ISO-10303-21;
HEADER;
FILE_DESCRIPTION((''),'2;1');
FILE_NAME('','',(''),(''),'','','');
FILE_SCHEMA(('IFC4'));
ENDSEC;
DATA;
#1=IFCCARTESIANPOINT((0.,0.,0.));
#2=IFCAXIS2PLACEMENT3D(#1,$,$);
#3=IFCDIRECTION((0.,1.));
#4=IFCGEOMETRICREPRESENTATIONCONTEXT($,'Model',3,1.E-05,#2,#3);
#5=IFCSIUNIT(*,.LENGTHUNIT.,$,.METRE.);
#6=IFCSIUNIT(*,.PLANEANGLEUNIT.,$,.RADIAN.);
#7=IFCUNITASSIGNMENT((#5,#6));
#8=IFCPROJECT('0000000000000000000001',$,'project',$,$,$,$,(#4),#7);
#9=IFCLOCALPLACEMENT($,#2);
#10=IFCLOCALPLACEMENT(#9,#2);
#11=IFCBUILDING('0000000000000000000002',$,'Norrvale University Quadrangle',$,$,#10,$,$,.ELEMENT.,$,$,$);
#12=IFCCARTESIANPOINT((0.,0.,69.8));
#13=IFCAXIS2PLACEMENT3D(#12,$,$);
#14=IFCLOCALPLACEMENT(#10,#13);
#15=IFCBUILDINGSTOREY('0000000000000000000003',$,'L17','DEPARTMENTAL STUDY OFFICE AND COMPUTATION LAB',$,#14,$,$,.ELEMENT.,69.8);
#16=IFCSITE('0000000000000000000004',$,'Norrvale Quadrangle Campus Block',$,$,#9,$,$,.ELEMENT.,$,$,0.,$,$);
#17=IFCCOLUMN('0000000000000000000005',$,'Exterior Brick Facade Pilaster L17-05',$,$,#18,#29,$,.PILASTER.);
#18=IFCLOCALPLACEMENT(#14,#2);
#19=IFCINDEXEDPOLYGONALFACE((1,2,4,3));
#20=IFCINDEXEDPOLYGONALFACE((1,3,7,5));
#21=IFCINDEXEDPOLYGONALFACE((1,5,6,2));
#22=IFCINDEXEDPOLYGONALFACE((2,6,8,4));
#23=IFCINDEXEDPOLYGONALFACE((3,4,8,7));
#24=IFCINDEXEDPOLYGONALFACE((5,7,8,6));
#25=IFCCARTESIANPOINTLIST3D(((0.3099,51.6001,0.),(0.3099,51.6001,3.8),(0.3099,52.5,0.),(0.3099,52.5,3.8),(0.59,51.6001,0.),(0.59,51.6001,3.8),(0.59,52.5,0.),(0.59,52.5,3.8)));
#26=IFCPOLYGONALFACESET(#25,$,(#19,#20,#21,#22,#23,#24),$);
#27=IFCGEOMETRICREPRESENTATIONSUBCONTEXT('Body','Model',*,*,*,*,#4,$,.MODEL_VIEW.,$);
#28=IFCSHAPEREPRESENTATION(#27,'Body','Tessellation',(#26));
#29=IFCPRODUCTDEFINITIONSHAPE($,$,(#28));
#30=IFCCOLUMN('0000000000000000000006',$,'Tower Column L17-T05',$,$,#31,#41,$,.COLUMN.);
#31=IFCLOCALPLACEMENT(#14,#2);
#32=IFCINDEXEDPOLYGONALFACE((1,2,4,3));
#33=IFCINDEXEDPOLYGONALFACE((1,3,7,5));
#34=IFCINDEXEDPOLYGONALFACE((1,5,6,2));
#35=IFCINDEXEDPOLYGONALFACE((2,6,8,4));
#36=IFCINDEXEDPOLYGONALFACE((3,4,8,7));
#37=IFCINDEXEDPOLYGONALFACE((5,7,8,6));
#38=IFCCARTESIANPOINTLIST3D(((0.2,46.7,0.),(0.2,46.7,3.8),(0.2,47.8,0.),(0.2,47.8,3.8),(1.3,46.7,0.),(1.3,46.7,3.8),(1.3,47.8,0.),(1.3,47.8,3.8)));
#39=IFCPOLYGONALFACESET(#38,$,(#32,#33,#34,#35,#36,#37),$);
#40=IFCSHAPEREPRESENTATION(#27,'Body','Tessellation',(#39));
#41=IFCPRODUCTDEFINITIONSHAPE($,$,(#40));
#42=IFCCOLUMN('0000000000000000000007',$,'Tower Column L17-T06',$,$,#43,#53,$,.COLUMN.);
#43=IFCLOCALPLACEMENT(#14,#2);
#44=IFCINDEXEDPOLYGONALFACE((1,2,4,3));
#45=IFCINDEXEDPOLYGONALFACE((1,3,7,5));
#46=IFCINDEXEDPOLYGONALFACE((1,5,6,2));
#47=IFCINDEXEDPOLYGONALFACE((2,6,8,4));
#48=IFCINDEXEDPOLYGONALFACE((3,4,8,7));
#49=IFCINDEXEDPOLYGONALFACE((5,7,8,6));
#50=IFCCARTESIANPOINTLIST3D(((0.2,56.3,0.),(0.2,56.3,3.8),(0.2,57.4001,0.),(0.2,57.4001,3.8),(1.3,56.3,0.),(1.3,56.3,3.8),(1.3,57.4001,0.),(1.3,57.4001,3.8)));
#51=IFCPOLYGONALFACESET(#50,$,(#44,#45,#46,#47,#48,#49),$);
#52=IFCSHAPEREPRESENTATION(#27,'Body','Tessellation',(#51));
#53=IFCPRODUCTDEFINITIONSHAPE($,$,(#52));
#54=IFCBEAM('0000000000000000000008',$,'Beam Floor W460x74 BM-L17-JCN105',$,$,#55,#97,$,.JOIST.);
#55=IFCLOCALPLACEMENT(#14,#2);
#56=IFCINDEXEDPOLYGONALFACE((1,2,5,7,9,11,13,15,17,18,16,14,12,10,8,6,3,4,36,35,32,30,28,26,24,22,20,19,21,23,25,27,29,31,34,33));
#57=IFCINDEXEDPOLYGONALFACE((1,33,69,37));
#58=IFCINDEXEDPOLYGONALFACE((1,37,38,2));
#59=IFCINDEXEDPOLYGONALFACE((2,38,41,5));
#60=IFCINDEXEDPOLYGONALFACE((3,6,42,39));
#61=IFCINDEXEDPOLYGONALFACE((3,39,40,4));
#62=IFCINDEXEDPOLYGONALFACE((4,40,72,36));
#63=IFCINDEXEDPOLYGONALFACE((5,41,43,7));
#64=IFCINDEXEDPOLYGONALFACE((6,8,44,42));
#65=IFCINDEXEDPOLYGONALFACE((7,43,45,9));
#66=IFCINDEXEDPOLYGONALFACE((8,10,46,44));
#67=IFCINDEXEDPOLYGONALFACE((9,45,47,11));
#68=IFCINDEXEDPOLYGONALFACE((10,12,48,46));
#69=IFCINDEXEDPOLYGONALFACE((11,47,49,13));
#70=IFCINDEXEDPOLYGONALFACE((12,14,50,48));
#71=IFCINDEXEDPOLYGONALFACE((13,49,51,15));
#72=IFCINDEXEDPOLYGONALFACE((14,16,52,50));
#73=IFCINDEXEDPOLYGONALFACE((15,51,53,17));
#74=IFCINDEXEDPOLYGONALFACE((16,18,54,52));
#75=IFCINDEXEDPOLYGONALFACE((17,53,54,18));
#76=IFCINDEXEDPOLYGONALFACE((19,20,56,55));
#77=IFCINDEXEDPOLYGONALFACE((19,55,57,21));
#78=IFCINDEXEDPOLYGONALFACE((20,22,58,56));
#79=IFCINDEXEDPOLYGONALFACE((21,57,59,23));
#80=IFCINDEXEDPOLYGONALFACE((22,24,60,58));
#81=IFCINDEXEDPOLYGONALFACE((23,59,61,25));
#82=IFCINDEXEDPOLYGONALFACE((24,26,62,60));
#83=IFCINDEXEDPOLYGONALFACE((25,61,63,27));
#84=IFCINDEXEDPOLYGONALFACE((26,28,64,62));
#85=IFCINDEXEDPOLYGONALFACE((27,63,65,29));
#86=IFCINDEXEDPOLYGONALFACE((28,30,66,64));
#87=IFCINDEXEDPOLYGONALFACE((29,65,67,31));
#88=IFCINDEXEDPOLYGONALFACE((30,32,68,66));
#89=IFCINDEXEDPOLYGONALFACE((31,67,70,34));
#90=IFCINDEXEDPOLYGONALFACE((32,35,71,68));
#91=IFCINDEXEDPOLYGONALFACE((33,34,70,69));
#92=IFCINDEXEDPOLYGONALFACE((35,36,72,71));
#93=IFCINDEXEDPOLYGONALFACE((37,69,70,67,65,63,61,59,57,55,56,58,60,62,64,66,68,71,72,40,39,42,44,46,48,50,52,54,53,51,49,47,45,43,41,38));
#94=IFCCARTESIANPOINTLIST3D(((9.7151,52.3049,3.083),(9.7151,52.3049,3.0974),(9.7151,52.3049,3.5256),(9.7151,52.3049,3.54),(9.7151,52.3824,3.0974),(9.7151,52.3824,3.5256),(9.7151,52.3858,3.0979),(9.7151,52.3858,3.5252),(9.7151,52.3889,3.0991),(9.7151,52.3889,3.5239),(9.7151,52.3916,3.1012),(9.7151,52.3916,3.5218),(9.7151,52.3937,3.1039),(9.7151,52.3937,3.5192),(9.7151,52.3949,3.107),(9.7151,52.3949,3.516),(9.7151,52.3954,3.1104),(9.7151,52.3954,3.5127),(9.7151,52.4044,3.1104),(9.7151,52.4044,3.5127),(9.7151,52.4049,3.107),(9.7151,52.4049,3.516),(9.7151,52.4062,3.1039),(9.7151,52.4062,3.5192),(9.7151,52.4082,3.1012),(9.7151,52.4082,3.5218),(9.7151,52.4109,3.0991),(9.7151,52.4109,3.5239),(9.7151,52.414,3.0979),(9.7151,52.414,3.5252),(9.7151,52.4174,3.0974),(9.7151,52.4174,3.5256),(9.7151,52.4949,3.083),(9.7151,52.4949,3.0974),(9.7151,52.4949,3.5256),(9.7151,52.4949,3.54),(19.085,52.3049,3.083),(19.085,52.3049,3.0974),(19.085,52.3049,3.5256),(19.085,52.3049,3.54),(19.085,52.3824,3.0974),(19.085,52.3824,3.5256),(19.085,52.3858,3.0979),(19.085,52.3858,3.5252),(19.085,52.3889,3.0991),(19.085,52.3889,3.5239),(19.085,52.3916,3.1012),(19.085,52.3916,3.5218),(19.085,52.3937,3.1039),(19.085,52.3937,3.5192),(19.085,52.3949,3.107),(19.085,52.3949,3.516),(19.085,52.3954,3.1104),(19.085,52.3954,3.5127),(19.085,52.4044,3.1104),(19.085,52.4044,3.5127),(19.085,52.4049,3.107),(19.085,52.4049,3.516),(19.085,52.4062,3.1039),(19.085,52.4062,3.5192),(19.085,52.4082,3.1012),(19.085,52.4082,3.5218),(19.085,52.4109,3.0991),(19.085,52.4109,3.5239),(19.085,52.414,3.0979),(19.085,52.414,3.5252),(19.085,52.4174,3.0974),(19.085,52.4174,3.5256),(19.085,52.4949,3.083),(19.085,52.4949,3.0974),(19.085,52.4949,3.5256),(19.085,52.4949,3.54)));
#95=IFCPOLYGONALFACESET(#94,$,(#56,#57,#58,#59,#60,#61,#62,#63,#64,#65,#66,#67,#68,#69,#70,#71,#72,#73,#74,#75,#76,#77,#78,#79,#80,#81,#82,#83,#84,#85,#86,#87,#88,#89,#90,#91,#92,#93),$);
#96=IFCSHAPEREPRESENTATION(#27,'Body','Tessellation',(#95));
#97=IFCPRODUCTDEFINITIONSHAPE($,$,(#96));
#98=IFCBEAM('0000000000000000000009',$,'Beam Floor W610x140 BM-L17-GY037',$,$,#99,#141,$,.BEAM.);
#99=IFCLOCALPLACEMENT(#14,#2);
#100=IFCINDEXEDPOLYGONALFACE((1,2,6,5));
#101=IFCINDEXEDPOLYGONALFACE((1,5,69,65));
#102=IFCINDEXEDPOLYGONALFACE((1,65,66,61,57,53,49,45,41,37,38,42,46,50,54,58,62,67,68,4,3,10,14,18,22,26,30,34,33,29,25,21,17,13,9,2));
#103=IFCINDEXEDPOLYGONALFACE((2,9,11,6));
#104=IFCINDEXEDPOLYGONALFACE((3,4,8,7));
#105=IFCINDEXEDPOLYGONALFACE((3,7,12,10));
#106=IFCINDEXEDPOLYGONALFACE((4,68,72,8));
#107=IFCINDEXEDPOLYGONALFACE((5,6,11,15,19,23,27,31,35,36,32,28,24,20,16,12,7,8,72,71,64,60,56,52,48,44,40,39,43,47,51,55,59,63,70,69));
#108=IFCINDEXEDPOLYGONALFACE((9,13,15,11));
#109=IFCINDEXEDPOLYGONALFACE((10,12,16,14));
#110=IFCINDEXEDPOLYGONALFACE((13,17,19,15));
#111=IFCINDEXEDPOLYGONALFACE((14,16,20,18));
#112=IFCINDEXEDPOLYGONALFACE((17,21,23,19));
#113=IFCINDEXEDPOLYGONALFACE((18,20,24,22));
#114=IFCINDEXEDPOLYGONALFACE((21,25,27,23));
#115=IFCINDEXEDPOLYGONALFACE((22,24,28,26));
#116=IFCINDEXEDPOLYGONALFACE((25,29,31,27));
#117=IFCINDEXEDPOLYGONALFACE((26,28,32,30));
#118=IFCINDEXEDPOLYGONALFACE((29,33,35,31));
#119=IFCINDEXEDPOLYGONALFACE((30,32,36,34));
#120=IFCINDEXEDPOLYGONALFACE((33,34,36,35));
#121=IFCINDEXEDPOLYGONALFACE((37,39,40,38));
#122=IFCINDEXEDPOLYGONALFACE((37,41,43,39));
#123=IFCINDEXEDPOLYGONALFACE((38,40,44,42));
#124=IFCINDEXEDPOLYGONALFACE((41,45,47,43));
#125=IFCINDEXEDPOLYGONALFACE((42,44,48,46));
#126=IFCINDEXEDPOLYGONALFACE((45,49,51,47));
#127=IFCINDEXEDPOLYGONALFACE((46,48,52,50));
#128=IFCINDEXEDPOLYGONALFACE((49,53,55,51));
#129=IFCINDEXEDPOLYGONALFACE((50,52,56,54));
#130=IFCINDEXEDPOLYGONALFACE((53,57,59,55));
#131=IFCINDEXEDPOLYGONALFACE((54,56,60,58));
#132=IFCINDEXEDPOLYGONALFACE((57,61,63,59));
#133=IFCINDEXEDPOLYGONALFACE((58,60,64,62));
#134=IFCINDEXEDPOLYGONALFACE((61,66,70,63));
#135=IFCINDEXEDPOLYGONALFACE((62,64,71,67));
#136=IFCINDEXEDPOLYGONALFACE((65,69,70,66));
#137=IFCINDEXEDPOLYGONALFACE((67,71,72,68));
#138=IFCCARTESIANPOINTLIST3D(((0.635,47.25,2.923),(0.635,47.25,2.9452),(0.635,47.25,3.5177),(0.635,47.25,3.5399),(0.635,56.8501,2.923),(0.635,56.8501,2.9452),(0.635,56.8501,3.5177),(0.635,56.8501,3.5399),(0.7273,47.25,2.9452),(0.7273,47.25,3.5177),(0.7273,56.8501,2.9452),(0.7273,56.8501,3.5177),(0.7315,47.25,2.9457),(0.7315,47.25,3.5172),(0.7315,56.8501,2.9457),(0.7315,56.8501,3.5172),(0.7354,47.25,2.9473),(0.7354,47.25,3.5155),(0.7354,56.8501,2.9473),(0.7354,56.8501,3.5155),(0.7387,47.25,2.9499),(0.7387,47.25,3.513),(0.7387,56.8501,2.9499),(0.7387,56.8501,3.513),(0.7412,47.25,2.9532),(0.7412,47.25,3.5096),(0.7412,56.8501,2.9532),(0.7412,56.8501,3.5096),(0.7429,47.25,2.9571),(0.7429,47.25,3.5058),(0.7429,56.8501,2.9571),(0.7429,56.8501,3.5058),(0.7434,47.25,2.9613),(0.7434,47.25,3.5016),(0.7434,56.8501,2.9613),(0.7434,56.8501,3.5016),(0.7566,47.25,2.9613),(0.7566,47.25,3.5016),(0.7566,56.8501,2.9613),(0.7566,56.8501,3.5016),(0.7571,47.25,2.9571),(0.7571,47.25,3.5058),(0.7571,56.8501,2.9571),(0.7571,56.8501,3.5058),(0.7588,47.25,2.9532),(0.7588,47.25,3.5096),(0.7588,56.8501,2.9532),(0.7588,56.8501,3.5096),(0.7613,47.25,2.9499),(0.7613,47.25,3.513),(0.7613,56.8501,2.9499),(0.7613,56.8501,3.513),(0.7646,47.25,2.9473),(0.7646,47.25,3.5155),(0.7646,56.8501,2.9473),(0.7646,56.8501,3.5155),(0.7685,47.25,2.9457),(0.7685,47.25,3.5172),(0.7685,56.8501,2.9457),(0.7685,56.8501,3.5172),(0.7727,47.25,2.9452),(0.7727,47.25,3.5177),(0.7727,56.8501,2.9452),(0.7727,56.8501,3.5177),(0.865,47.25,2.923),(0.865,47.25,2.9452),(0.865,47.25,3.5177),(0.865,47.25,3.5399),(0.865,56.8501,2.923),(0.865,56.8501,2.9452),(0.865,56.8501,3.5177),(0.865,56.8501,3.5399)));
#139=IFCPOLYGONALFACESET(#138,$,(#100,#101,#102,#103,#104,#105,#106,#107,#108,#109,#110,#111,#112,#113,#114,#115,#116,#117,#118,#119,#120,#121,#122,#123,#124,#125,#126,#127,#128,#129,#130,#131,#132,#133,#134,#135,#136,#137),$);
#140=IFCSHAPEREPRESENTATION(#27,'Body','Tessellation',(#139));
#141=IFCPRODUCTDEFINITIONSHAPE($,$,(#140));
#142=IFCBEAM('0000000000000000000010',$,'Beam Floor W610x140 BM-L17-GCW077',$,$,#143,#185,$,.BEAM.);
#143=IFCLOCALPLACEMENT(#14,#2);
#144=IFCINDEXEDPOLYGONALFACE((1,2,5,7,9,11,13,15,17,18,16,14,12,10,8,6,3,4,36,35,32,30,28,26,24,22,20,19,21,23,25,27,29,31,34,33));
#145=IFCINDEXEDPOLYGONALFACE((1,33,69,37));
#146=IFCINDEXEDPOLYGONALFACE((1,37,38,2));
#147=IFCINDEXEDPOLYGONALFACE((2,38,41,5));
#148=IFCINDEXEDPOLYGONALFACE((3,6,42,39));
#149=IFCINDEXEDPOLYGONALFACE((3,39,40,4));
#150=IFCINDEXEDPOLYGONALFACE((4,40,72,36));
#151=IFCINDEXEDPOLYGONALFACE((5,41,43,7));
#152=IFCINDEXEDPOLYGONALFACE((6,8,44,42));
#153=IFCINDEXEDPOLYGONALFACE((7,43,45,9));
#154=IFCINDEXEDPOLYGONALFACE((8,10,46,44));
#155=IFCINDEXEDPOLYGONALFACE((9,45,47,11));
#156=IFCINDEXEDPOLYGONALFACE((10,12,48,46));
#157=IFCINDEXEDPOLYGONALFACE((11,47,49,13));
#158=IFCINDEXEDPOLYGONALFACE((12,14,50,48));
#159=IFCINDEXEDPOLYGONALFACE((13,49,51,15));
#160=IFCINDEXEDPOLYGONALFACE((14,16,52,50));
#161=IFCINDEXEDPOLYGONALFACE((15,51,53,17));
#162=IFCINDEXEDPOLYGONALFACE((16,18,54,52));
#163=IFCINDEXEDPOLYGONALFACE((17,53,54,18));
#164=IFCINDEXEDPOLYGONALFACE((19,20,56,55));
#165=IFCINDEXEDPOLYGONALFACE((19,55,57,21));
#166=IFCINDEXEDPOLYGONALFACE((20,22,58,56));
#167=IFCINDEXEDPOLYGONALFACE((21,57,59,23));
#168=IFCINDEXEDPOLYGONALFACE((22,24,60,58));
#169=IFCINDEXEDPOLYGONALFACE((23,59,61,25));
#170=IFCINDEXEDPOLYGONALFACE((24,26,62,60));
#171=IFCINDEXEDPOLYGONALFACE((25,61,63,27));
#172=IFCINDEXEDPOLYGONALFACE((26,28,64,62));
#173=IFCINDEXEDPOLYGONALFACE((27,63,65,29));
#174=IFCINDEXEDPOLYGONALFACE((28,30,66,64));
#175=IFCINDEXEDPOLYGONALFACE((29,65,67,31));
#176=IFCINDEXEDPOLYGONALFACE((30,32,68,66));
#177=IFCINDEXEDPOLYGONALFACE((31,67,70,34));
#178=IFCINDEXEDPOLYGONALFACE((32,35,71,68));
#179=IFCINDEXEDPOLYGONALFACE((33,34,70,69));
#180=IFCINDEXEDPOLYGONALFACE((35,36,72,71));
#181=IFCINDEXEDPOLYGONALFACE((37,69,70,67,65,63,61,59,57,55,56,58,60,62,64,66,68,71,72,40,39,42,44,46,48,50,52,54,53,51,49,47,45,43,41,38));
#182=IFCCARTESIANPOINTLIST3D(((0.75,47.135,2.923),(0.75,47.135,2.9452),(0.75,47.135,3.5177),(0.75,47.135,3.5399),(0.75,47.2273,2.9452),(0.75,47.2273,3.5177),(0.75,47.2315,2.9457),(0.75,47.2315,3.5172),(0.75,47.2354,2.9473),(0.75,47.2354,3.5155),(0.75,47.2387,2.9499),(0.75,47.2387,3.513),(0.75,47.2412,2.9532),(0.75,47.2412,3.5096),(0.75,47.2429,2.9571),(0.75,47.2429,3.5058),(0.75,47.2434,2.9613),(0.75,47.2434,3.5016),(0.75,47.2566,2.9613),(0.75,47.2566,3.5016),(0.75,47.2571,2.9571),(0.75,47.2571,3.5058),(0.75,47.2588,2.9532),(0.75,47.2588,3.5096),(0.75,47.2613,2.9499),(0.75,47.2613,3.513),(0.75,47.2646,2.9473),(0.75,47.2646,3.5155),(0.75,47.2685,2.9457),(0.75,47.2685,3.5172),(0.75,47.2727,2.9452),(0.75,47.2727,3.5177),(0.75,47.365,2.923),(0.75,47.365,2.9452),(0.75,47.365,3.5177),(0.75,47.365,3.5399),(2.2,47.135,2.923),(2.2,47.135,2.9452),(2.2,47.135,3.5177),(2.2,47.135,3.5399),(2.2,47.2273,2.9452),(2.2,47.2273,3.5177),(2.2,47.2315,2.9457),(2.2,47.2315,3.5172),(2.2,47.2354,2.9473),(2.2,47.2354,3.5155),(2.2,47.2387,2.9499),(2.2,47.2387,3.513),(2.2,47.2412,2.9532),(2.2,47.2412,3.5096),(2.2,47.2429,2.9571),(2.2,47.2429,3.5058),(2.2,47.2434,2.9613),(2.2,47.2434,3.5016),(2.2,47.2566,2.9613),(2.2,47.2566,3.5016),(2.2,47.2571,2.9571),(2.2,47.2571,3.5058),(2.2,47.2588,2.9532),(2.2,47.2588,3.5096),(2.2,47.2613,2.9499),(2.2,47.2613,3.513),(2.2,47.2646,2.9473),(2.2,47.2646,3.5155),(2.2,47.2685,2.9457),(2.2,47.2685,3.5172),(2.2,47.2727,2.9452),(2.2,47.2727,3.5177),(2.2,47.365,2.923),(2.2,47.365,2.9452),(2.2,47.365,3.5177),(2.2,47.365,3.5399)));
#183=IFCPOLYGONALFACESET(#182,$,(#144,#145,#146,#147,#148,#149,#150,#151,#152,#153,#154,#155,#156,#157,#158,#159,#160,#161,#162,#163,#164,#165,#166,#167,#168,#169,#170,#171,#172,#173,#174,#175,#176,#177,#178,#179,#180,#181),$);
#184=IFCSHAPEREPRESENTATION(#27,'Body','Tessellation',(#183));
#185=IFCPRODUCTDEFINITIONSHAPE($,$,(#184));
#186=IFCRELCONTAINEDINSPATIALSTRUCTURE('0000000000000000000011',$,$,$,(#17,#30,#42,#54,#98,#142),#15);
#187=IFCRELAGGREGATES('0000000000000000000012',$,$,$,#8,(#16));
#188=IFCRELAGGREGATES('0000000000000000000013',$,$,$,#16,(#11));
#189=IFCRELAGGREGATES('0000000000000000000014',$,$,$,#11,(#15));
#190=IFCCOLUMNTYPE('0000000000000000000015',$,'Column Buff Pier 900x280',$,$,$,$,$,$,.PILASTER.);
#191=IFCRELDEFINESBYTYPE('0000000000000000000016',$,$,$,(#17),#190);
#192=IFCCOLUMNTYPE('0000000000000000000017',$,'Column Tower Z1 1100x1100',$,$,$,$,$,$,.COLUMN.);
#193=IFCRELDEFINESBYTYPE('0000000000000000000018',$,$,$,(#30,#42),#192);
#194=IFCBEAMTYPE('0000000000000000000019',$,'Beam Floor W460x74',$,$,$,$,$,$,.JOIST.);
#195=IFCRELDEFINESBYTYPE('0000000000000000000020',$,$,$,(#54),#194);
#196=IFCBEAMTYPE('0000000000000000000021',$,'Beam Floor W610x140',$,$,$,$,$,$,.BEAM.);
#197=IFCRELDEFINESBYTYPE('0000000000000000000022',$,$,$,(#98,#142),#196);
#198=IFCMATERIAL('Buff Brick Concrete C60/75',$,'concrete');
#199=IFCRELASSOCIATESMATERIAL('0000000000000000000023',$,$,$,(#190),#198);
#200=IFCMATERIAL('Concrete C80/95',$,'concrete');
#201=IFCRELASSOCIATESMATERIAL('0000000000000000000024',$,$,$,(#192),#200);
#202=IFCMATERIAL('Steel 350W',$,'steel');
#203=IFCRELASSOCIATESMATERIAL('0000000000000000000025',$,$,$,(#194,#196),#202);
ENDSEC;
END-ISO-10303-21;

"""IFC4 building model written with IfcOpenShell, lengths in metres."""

from ifc_helpers import new_model, si_unit, direction, frame, origin, origin_2d, place, context, subcontext, project, spatial, rectangle, i_section, extrude, material, material_profile, profile_set, type_object, element, save


model = new_model("IFC4")

# Units and contexts
model_context = context("Model", 3, precision=1e-05, world=origin(), true_north=direction((0.0, 1.0)))
body_context = subcontext(model_context, "Body", "Model", "MODEL_VIEW")
ifc_project = project(units=[si_unit("LENGTHUNIT", "METRE"), si_unit("PLANEANGLEUNIT", "RADIAN")], contexts=[model_context])

# Site, building, storey
site_placement = place(None, origin())
site = spatial("IfcSite", under=ifc_project, at=site_placement, Name="Norrvale Quadrangle Campus Block", CompositionType="ELEMENT", RefElevation=0.0)
building_placement = place(site_placement, origin())
building = spatial("IfcBuilding", under=site, at=building_placement, Name="Norrvale University Quadrangle", CompositionType="ELEMENT")
storey_placement = place(building_placement, frame((0.0, 0.0, 69.8)))
storey = spatial("IfcBuildingStorey", under=building, at=storey_placement, Name="L17", Description="DEPARTMENTAL STUDY OFFICE AND COMPUTATION LAB", CompositionType="ELEMENT", Elevation=69.8)

# Columns
ifc_material_1 = material(Name="Buff Brick Concrete C60/75", Category="concrete")
ifc_material_profile_1 = material_profile(ifc_material_1, rectangle(XDim=0.8999, YDim=0.28, at=origin_2d()), Name="Buff Brick Concrete C60/75")
ifc_profile_set_1 = profile_set([ifc_material_profile_1], Name="Buff Brick Concrete C60/75")
column_type_1 = type_object("IfcColumnType", Name="Column Buff Pier 900x280", PredefinedType="PILASTER", material=ifc_profile_set_1)
column_placement = place(storey_placement, frame((0.45, 52.05, 0.0), z_axis=(0.0, 0.0, 1.0), x_axis=(0.0, 1.0, 0.0)))
element("IfcColumn", 1, at=column_placement, inside=storey, type_object=column_type_1, Name="Exterior Brick Facade Pilaster L17-05", PredefinedType="PILASTER", context=body_context, shape_type="SweptSolid", body=[
    extrude(rectangle(XDim=0.8999, YDim=0.28, at=origin_2d()), origin(), (0.0, 0.0, 1.0), 3.8),
])
ifc_material_2 = material(Name="Concrete C80/95", Category="concrete")
ifc_material_profile_2 = material_profile(ifc_material_2, rectangle(XDim=1.1001, YDim=1.1001, at=origin_2d()), Name="Concrete C80/95")
ifc_profile_set_2 = profile_set([ifc_material_profile_2], Name="Concrete C80/95")
column_type_2 = type_object("IfcColumnType", Name="Column Tower Z1 1100x1100", PredefinedType="COLUMN", material=ifc_profile_set_2)
for number, where, z_axis, x_axis, name in (
    (2, (0.75, 47.25, 0.0), (0.0, 0.0, 1.0), (1.0, 0.0, 0.0), "Tower Column L17-T05"),
    (3, (0.75, 56.8501, 0.0), (0.0, 0.0, 1.0), (1.0, 0.0, 0.0), "Tower Column L17-T06"),
):
    element("IfcColumn", number, at=place(storey_placement, frame(where, z_axis=z_axis, x_axis=x_axis)), inside=storey, type_object=column_type_2, Name=name, PredefinedType="COLUMN", context=body_context, shape_type="SweptSolid", body=[
        extrude(rectangle(XDim=1.1001, YDim=1.1001, at=origin_2d()), origin(), (0.0, 0.0, 1.0), 3.8),
    ])

# Beams
ifc_material_3 = material(Name="Steel 350W", Category="steel")
ifc_material_profile_3 = material_profile(ifc_material_3, i_section(OverallWidth=0.1899, OverallDepth=0.457, WebThickness=0.009, FlangeThickness=0.0144, FilletRadius=0.0129, at=origin_2d()), Name="Steel 350W")
ifc_profile_set_3 = profile_set([ifc_material_profile_3], Name="Steel 350W")
beam_type_1 = type_object("IfcBeamType", Name="Beam Floor W460x74", PredefinedType="JOIST", material=ifc_profile_set_3)
beam_1_placement = place(storey_placement, frame((9.7151, 52.3999, 3.3115), z_axis=(1.0, 0.0, 0.0), x_axis=(0.0, 1.0, 0.0)))
element("IfcBeam", 4, at=beam_1_placement, inside=storey, type_object=beam_type_1, Name="Beam Floor W460x74 BM-L17-JCN105", PredefinedType="JOIST", context=body_context, shape_type="SweptSolid", body=[
    extrude(i_section(OverallWidth=0.1899, OverallDepth=0.457, WebThickness=0.009, FlangeThickness=0.0144, FilletRadius=0.0129, at=origin_2d()), origin(), (0.0, 0.0, 1.0), 9.3699),
])
ifc_material_profile_4 = material_profile(ifc_material_3, i_section(OverallWidth=0.23, OverallDepth=0.6169, WebThickness=0.0132, FlangeThickness=0.0222, FilletRadius=0.0161, at=origin_2d()), Name="Steel 350W")
ifc_profile_set_4 = profile_set([ifc_material_profile_4], Name="Steel 350W")
beam_type_2 = type_object("IfcBeamType", Name="Beam Floor W610x140", PredefinedType="BEAM", material=ifc_profile_set_4)
beam_2_placement = place(storey_placement, frame((0.75, 47.25, 3.2314), z_axis=(0.0, 1.0, 0.0), x_axis=(-1.0, 0.0, 0.0)))
element("IfcBeam", 5, at=beam_2_placement, inside=storey, type_object=beam_type_2, Name="Beam Floor W610x140 BM-L17-GY037", PredefinedType="BEAM", context=body_context, shape_type="SweptSolid", body=[
    extrude(i_section(OverallWidth=0.23, OverallDepth=0.6169, WebThickness=0.0132, FlangeThickness=0.0222, FilletRadius=0.0161, at=origin_2d()), origin(), (0.0, 0.0, 1.0), 9.6001),
])
beam_3_placement = place(storey_placement, frame((0.75, 47.25, 3.2314), z_axis=(1.0, 0.0, 0.0), x_axis=(0.0, 1.0, 0.0)))
element("IfcBeam", 6, at=beam_3_placement, inside=storey, type_object=beam_type_2, Name="Beam Floor W610x140 BM-L17-GCW077", PredefinedType="BEAM", context=body_context, shape_type="SweptSolid", body=[
    extrude(i_section(OverallWidth=0.23, OverallDepth=0.6169, WebThickness=0.0132, FlangeThickness=0.0222, FilletRadius=0.0161, at=origin_2d()), origin(), (0.0, 0.0, 1.0), 1.45),
])

save(model, "model.ifc")
